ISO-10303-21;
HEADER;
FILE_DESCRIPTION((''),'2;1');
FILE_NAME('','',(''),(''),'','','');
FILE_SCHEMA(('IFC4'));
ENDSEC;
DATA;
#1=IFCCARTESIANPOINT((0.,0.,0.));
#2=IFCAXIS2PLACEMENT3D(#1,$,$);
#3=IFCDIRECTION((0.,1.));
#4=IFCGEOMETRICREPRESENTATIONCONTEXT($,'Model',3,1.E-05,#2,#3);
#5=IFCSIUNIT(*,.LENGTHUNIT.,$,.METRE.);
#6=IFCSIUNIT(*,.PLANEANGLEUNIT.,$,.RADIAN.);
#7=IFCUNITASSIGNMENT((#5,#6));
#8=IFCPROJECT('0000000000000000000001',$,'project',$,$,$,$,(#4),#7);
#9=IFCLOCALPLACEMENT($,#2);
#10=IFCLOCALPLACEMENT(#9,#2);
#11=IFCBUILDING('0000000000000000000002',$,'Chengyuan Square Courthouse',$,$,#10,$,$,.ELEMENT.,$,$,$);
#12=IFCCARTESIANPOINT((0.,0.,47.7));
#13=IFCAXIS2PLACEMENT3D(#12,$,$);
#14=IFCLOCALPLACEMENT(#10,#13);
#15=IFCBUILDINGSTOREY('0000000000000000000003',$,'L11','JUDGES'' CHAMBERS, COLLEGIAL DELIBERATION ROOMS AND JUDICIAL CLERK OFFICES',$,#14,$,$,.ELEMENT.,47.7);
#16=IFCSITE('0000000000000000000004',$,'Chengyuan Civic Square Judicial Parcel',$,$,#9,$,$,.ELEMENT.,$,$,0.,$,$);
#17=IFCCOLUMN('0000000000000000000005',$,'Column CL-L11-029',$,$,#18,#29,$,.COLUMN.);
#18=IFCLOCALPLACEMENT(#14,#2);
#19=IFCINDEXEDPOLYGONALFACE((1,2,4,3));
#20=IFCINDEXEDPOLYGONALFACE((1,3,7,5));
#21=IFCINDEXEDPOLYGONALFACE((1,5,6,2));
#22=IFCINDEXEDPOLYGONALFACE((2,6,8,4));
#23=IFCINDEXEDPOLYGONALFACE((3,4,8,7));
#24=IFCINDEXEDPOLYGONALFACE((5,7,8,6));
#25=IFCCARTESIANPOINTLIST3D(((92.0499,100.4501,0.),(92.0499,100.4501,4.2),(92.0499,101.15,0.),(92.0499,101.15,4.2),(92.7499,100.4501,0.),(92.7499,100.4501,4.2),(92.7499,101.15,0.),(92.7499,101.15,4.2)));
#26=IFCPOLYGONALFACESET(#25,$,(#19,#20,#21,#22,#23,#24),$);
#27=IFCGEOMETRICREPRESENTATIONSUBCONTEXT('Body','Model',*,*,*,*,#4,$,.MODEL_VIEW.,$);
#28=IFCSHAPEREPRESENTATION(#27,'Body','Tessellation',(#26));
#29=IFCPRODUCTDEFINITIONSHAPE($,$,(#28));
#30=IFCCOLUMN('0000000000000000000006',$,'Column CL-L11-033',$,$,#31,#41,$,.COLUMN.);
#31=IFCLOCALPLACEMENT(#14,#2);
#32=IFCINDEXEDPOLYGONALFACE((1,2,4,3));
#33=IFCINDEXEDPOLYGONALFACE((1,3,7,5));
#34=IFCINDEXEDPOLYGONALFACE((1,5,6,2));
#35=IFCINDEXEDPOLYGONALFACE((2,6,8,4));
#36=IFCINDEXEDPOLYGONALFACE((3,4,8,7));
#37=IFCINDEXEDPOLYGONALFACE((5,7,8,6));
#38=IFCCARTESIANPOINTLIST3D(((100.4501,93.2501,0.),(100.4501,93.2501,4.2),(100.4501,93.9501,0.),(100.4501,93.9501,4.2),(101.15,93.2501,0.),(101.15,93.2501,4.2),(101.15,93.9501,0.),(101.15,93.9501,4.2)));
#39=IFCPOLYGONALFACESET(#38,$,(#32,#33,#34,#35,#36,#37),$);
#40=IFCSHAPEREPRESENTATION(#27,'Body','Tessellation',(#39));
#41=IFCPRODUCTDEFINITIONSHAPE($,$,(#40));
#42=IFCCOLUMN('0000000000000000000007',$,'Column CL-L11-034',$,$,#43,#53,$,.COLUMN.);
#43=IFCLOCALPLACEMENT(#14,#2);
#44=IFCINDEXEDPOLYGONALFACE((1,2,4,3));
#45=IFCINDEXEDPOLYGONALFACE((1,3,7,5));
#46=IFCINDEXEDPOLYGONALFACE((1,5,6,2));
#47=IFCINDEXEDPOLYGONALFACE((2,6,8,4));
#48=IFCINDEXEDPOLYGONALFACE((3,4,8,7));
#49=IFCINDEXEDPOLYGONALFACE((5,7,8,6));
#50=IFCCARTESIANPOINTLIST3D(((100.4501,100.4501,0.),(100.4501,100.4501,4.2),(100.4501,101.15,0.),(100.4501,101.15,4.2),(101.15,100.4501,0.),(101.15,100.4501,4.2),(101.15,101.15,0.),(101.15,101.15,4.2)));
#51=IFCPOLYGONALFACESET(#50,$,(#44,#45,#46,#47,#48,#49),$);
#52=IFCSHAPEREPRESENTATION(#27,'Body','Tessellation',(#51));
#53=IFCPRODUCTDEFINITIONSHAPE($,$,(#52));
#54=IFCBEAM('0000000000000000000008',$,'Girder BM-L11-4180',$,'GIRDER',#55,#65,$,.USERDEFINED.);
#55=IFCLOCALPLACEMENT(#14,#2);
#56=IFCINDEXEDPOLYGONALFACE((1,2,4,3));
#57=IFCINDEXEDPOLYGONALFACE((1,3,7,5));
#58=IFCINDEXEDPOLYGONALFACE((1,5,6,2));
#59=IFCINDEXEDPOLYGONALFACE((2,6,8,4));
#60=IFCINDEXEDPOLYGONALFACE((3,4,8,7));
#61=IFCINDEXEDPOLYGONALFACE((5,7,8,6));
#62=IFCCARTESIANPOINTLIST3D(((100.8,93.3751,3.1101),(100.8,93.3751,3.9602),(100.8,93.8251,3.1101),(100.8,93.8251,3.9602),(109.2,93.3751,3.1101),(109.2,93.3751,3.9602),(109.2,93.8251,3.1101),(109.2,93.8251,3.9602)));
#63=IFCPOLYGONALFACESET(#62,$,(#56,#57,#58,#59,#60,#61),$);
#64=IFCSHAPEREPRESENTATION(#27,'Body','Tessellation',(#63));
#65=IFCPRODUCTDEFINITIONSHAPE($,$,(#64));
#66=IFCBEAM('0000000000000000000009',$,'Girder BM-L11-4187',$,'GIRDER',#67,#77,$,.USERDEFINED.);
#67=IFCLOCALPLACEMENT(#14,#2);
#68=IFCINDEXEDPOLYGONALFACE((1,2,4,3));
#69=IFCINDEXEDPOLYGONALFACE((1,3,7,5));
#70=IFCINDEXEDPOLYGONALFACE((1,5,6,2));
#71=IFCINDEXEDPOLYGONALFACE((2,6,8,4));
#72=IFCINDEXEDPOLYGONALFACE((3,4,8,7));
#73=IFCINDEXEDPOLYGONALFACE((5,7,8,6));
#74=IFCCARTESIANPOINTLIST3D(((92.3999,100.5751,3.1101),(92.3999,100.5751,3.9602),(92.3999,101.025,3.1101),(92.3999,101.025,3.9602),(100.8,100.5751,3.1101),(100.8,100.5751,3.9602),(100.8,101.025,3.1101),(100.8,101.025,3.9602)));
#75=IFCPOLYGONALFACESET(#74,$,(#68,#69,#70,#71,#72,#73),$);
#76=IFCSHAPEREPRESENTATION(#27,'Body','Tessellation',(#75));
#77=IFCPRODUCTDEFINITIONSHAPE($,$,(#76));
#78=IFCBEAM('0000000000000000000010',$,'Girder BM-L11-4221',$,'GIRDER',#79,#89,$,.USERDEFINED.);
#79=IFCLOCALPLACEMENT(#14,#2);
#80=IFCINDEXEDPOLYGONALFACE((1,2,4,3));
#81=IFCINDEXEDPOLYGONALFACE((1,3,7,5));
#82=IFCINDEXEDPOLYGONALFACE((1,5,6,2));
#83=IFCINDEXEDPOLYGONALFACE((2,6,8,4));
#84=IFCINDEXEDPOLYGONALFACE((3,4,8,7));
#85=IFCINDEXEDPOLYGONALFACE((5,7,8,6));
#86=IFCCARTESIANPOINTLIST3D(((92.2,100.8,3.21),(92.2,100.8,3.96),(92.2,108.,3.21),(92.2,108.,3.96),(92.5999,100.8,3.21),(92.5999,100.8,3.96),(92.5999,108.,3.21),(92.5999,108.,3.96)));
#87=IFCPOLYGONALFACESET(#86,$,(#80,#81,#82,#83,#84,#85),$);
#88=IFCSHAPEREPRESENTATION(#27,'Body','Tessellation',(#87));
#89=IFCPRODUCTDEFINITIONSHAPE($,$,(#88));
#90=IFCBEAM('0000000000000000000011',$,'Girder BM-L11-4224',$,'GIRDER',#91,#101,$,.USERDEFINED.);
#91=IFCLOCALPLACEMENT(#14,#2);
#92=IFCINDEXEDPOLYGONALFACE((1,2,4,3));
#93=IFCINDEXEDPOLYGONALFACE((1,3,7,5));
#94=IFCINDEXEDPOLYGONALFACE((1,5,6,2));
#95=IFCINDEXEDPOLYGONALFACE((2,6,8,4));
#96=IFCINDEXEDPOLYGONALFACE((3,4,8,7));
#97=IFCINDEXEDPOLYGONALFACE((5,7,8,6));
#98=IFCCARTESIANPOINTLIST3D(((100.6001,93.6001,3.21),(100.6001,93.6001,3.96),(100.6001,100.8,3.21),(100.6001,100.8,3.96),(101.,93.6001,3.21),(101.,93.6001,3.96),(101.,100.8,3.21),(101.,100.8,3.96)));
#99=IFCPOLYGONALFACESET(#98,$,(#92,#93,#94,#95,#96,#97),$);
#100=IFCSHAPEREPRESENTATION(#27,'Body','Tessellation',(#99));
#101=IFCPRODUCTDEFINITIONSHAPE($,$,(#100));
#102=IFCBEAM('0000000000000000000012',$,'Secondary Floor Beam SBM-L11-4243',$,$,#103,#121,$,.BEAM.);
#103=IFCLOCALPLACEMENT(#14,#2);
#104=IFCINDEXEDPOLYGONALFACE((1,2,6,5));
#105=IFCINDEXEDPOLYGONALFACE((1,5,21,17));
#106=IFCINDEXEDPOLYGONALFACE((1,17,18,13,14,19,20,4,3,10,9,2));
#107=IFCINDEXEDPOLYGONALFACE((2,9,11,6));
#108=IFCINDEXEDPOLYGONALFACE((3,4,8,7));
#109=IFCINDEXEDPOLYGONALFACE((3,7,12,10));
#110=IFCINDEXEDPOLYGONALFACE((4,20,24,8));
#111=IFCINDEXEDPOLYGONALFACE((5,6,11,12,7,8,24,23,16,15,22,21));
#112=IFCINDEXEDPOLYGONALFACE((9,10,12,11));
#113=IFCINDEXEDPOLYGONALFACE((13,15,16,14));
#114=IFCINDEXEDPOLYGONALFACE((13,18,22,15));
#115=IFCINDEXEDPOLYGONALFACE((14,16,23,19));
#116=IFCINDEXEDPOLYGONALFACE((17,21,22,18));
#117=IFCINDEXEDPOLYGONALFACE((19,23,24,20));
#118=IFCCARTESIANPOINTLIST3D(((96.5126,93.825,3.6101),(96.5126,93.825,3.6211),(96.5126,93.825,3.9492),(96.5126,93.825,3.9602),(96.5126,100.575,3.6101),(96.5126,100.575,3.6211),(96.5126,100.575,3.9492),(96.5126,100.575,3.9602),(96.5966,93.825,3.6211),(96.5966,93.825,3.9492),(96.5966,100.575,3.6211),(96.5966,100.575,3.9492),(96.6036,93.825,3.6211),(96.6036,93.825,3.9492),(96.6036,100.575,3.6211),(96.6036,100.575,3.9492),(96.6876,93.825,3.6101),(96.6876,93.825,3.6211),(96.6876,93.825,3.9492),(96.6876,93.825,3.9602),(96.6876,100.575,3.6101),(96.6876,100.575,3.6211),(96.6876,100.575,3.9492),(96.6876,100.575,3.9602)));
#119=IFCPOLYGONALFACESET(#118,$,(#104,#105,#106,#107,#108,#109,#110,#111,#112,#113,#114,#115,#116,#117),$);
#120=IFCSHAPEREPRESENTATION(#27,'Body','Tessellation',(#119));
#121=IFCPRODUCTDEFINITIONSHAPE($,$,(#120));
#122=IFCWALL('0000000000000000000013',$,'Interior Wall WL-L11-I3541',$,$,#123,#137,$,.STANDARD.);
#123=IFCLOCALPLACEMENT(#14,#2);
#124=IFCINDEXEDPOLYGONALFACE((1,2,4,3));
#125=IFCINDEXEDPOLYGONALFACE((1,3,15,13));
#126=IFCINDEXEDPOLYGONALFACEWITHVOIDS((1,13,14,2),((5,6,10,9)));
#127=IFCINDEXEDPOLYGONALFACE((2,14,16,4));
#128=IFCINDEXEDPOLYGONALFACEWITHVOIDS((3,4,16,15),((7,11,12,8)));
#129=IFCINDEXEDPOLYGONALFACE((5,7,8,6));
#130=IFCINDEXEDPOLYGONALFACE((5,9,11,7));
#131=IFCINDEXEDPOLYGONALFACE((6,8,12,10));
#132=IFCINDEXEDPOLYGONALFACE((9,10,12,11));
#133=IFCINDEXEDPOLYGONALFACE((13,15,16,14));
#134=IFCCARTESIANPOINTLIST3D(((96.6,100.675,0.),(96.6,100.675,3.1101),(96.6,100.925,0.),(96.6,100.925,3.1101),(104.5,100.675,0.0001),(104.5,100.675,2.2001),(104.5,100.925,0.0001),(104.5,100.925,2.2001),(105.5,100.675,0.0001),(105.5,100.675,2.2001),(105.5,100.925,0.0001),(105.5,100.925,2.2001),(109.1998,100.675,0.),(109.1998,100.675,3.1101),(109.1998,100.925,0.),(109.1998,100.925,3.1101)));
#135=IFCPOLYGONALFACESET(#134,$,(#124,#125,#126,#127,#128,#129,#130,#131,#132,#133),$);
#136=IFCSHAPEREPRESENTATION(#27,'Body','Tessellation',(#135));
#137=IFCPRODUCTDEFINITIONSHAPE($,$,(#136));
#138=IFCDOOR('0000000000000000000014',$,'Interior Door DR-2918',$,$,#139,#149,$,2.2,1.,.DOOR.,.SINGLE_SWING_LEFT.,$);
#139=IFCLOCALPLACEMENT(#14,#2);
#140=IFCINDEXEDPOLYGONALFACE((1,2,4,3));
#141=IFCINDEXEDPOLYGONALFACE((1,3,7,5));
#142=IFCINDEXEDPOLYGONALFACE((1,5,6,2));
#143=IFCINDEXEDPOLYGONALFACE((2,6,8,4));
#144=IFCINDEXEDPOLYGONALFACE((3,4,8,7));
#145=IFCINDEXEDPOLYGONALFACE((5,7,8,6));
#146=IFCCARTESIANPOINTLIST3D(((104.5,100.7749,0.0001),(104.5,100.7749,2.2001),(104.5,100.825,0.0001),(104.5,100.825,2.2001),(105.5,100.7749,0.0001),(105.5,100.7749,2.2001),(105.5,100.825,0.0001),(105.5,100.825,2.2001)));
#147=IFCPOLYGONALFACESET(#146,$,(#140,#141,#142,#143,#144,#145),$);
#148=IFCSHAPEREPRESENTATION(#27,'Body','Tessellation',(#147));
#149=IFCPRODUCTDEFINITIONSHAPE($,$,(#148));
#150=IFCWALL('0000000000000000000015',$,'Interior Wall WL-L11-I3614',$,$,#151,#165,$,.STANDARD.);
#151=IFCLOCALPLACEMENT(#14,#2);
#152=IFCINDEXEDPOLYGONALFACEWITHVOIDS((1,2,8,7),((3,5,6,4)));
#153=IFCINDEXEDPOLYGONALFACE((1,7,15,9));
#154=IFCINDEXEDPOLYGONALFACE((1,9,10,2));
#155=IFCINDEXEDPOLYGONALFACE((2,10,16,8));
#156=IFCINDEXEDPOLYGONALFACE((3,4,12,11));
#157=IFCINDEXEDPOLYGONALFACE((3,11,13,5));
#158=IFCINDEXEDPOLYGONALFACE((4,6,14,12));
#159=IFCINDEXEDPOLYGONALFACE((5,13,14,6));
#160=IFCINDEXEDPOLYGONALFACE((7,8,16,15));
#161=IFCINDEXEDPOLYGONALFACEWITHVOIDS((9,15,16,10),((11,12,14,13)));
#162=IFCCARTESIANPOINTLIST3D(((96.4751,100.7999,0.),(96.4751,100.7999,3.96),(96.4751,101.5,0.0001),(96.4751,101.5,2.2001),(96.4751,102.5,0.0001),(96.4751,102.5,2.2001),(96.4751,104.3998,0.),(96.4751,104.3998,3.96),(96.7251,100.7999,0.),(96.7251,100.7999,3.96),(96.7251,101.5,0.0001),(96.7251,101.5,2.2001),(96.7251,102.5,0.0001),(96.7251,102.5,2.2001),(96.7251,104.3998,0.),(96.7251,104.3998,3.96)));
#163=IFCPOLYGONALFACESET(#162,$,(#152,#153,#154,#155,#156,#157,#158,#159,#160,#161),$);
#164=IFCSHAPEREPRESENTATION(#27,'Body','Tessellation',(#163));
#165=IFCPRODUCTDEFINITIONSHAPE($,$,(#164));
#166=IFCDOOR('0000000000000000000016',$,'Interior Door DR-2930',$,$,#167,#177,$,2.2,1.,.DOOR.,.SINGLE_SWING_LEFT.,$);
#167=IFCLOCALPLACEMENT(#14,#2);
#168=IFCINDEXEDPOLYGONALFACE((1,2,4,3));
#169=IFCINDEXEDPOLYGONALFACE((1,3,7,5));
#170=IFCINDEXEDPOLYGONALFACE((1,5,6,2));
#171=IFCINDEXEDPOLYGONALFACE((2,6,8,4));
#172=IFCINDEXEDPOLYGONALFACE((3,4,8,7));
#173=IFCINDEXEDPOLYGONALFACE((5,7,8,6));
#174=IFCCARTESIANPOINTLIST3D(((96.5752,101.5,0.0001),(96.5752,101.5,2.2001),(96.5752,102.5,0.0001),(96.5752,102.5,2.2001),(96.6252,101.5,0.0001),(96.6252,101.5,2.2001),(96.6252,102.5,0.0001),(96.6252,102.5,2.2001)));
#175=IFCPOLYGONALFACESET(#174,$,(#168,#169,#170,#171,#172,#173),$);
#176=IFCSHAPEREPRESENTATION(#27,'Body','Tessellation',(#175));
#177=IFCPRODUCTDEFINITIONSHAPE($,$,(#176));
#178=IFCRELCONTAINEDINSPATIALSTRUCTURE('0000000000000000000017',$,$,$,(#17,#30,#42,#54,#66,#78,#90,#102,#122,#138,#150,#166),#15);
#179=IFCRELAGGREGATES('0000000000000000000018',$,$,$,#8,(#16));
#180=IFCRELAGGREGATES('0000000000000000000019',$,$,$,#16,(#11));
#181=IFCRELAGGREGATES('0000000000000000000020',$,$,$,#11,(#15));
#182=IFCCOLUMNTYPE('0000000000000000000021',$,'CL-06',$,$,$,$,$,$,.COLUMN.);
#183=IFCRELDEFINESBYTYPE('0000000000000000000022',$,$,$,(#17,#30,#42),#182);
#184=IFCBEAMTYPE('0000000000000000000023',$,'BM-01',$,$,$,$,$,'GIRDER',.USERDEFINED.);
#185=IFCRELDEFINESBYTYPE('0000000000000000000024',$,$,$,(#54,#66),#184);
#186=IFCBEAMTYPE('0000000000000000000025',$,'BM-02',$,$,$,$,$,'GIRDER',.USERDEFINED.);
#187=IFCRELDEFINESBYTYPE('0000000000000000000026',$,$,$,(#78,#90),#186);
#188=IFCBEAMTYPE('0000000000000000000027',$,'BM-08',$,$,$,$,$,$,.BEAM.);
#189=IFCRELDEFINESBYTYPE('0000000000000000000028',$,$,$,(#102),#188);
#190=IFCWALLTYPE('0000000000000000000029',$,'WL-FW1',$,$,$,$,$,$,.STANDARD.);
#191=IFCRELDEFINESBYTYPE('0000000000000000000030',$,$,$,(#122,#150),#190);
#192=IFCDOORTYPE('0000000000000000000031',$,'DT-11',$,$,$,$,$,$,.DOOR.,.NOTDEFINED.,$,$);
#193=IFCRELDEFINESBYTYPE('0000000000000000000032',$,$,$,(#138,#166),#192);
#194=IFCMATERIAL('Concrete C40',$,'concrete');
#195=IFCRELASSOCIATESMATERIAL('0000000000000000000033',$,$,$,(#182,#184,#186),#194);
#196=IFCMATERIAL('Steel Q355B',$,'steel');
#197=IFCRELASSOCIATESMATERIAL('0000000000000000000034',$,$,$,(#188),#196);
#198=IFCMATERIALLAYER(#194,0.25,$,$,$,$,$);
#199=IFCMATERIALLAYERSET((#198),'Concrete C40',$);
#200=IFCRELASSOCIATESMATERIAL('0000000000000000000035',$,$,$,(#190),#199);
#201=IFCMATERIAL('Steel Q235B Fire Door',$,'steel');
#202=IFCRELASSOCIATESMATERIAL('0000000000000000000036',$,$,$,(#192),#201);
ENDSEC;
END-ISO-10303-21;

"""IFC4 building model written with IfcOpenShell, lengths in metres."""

from ifc_helpers import new_model, si_unit, direction, frame, frame_2d, origin, origin_2d, place, context, subcontext, project, spatial, rectangle, i_section, extrude, material, layer, layer_set, material_profile, profile_set, type_object, element, fill, save


model = new_model("IFC4")

# Units and contexts
model_context = context("Model", 3, precision=1e-05, world=origin(), true_north=direction((0.0, 1.0)))
body_context = subcontext(model_context, "Body", "Model", "MODEL_VIEW")
ifc_project = project(units=[si_unit("LENGTHUNIT", "METRE"), si_unit("PLANEANGLEUNIT", "RADIAN")], contexts=[model_context])

# Site, building, storey
site_placement = place(None, origin())
site = spatial("IfcSite", under=ifc_project, at=site_placement, Name="Chengyuan Civic Square Judicial Parcel", CompositionType="ELEMENT", RefElevation=0.0)
building_placement = place(site_placement, origin())
building = spatial("IfcBuilding", under=site, at=building_placement, Name="Chengyuan Square Courthouse", CompositionType="ELEMENT")
storey_placement = place(building_placement, frame((0.0, 0.0, 47.7)))
storey = spatial("IfcBuildingStorey", under=building, at=storey_placement, Name="L11", Description="JUDGES' CHAMBERS, COLLEGIAL DELIBERATION ROOMS AND JUDICIAL CLERK OFFICES", CompositionType="ELEMENT", Elevation=47.7)

# Columns
ifc_material_1 = material(Name="Concrete C40", Category="concrete")
ifc_material_profile_1 = material_profile(ifc_material_1, rectangle(XDim=0.7, YDim=0.7, at=origin_2d()), Name="RC-COL-700x700")
ifc_profile_set_1 = profile_set([ifc_material_profile_1], Name="Concrete C40")
column_type = type_object("IfcColumnType", Name="CL-06", PredefinedType="COLUMN", material=ifc_profile_set_1)
for number, where, z_axis, x_axis, name in (
    (1, (92.3999, 100.8, 0.0), (0.0, 0.0, 1.0), (1.0, 0.0, 0.0), "Column CL-L11-029"),
    (2, (100.8, 93.6001, 0.0), (0.0, 0.0, 1.0), (1.0, 0.0, 0.0), "Column CL-L11-033"),
    (3, (100.8, 100.8, 0.0), (0.0, 0.0, 1.0), (1.0, 0.0, 0.0), "Column CL-L11-034"),
):
    element("IfcColumn", number, at=place(storey_placement, frame(where, z_axis=z_axis, x_axis=x_axis)), inside=storey, type_object=column_type, Name=name, PredefinedType="COLUMN", context=body_context, shape_type="SweptSolid", body=[
        extrude(rectangle(XDim=0.7, YDim=0.7, at=origin_2d()), origin(), (0.0, 0.0, 1.0), 4.2),
    ])

# Beams
ifc_material_profile_2 = material_profile(ifc_material_1, rectangle(XDim=0.45, YDim=0.8501, at=origin_2d()), Name="RC-BM-450x850")
ifc_profile_set_2 = profile_set([ifc_material_profile_2], Name="Concrete C40")
beam_type_1 = type_object("IfcBeamType", Name="BM-01", ElementType="GIRDER", PredefinedType="USERDEFINED", material=ifc_profile_set_2)
beam_1_placement = place(storey_placement, frame((100.8, 93.6001, 3.5352), z_axis=(1.0, 0.0, 0.0), x_axis=(0.0, 1.0, 0.0)))
element("IfcBeam", 4, at=beam_1_placement, inside=storey, type_object=beam_type_1, Name="Girder BM-L11-4180", ObjectType="GIRDER", PredefinedType="USERDEFINED", context=body_context, shape_type="SweptSolid", body=[
    extrude(rectangle(XDim=0.45, YDim=0.8501, at=origin_2d()), origin(), (0.0, 0.0, 1.0), 8.3999),
])
beam_2_placement = place(storey_placement, frame((92.3999, 100.8, 3.5352), z_axis=(1.0, 0.0, 0.0), x_axis=(0.0, 1.0, 0.0)))
element("IfcBeam", 5, at=beam_2_placement, inside=storey, type_object=beam_type_1, Name="Girder BM-L11-4187", ObjectType="GIRDER", PredefinedType="USERDEFINED", context=body_context, shape_type="SweptSolid", body=[
    extrude(rectangle(XDim=0.45, YDim=0.8501, at=origin_2d()), origin(), (0.0, 0.0, 1.0), 8.4001),
])
ifc_material_profile_3 = material_profile(ifc_material_1, rectangle(XDim=0.3999, YDim=0.75, at=origin_2d()), Name="RC-BM-400x750")
ifc_profile_set_3 = profile_set([ifc_material_profile_3], Name="Concrete C40")
beam_type_2 = type_object("IfcBeamType", Name="BM-02", ElementType="GIRDER", PredefinedType="USERDEFINED", material=ifc_profile_set_3)
for number, where, z_axis, x_axis, name in (
    (6, (92.3999, 100.8, 3.585), (0.0, 1.0, 0.0), (-1.0, 0.0, 0.0), "Girder BM-L11-4221"),
    (7, (100.8, 93.6001, 3.585), (0.0, 1.0, 0.0), (-1.0, 0.0, 0.0), "Girder BM-L11-4224"),
):
    element("IfcBeam", number, at=place(storey_placement, frame(where, z_axis=z_axis, x_axis=x_axis)), inside=storey, type_object=beam_type_2, Name=name, ObjectType="GIRDER", PredefinedType="USERDEFINED", context=body_context, shape_type="SweptSolid", body=[
        extrude(rectangle(XDim=0.3999, YDim=0.75, at=origin_2d()), origin(), (0.0, 0.0, 1.0), 7.2),
    ])
ifc_material_2 = material(Name="Steel Q355B", Category="steel")
ifc_material_profile_4 = material_profile(ifc_material_2, i_section(OverallWidth=0.175, OverallDepth=0.3501, WebThickness=0.0071, FlangeThickness=0.011, at=origin_2d()), Name="HN 350x175x7x11")
ifc_profile_set_4 = profile_set([ifc_material_profile_4], Name="Steel Q355B")
beam_type_3 = type_object("IfcBeamType", Name="BM-08", PredefinedType="BEAM", material=ifc_profile_set_4)
beam_3_placement = place(storey_placement, frame((96.6001, 93.825, 3.7852), z_axis=(0.0, 1.0, 0.0), x_axis=(-1.0, 0.0, 0.0)))
element("IfcBeam", 8, at=beam_3_placement, inside=storey, type_object=beam_type_3, Name="Secondary Floor Beam SBM-L11-4243", PredefinedType="BEAM", context=body_context, shape_type="SweptSolid", body=[
    extrude(i_section(OverallWidth=0.175, OverallDepth=0.3501, WebThickness=0.0071, FlangeThickness=0.011, at=origin_2d()), origin(), (0.0, 0.0, 1.0), 6.75),
])

# Walls, openings, doors
ifc_layer_1 = layer(ifc_material_1, 0.25)
ifc_layer_set_1 = layer_set([ifc_layer_1], Name="Concrete C40")
wall_type_1 = type_object("IfcWallType", Name="WL-FW1", PredefinedType="STANDARD", material=ifc_layer_set_1)
wall_1_placement = place(storey_placement, frame((96.6001, 100.8, 0.0), z_axis=(0.0, 0.0, 1.0), x_axis=(1.0, 0.0, 0.0)))
wall_1 = element("IfcWall", 9, at=wall_1_placement, inside=storey, type_object=wall_type_1, Name="Interior Wall WL-L11-I3541", PredefinedType="STANDARD", context=body_context, shape_type="SweptSolid", body=[
    extrude(rectangle(XDim=12.5999, YDim=0.25, at=frame_2d((6.2998, 0.0))), origin(), (0.0, 0.0, 1.0), 3.1101),
])
opening_1_placement = place(wall_1_placement, frame((7.8999, 0.0, 0.0)))
opening_1 = element("IfcOpeningElement", 10, at=opening_1_placement, cuts=wall_1, PredefinedType="OPENING", context=body_context, shape_type="SweptSolid", body=[
    extrude(rectangle(XDim=1.0, YDim=2.2, at=frame_2d((0.5, 1.1001))), frame((0.0, 0.137, 0.0), z_axis=(0.0, -1.0, 0.0), x_axis=(1.0, 0.0, 0.0)), (0.0, 0.0, 1.0), 0.2739),
])
ifc_material_3 = material(Name="Steel Q235B Fire Door", Category="steel")
door_type_1 = type_object("IfcDoorType", Name="DT-11", OperationType="NOTDEFINED", PredefinedType="DOOR", material=ifc_material_3)
door_1_placement = place(opening_1_placement, origin())
door_1 = element("IfcDoor", 11, at=door_1_placement, inside=storey, type_object=door_type_1, Name="Interior Door DR-2918", OperationType="SINGLE_SWING_LEFT", OverallHeight=2.2, OverallWidth=1.0, PredefinedType="DOOR", context=body_context, shape_type="SweptSolid", body=[
    extrude(rectangle(XDim=1.0, YDim=2.2, at=frame_2d((0.5, 1.1001))), frame((0.0, 0.0249, 0.0), z_axis=(0.0, -1.0, 0.0), x_axis=(1.0, 0.0, 0.0)), (0.0, 0.0, 1.0), 0.05),
])
fill(opening_1, door_1)
wall_2_placement = place(storey_placement, frame((96.6001, 100.8, 0.0), z_axis=(0.0, 0.0, 1.0), x_axis=(0.0, 1.0, 0.0)))
wall_2 = element("IfcWall", 12, at=wall_2_placement, inside=storey, type_object=wall_type_1, Name="Interior Wall WL-L11-I3614", PredefinedType="STANDARD", context=body_context, shape_type="SweptSolid", body=[
    extrude(rectangle(XDim=3.5999, YDim=0.25, at=frame_2d((1.7998, 0.0))), origin(), (0.0, 0.0, 1.0), 3.96),
])
opening_2_placement = place(wall_2_placement, frame((0.7, 0.0, 0.0)))
opening_2 = element("IfcOpeningElement", 13, at=opening_2_placement, cuts=wall_2, PredefinedType="OPENING", context=body_context, shape_type="SweptSolid", body=[
    extrude(rectangle(XDim=1.0, YDim=2.2, at=frame_2d((0.5, 1.1001))), frame((0.0, 0.137, 0.0), z_axis=(0.0, -1.0, 0.0), x_axis=(1.0, 0.0, 0.0)), (0.0, 0.0, 1.0), 0.2739),
])
door_2_placement = place(opening_2_placement, origin())
door_2 = element("IfcDoor", 14, at=door_2_placement, inside=storey, type_object=door_type_1, Name="Interior Door DR-2930", OperationType="SINGLE_SWING_LEFT", OverallHeight=2.2, OverallWidth=1.0, PredefinedType="DOOR", context=body_context, shape_type="SweptSolid", body=[
    extrude(rectangle(XDim=1.0, YDim=2.2, at=frame_2d((0.5, 1.1001))), frame((0.0, 0.0249, 0.0), z_axis=(0.0, -1.0, 0.0), x_axis=(1.0, 0.0, 0.0)), (0.0, 0.0, 1.0), 0.05),
])
fill(opening_2, door_2)

save(model, "model.ifc")
